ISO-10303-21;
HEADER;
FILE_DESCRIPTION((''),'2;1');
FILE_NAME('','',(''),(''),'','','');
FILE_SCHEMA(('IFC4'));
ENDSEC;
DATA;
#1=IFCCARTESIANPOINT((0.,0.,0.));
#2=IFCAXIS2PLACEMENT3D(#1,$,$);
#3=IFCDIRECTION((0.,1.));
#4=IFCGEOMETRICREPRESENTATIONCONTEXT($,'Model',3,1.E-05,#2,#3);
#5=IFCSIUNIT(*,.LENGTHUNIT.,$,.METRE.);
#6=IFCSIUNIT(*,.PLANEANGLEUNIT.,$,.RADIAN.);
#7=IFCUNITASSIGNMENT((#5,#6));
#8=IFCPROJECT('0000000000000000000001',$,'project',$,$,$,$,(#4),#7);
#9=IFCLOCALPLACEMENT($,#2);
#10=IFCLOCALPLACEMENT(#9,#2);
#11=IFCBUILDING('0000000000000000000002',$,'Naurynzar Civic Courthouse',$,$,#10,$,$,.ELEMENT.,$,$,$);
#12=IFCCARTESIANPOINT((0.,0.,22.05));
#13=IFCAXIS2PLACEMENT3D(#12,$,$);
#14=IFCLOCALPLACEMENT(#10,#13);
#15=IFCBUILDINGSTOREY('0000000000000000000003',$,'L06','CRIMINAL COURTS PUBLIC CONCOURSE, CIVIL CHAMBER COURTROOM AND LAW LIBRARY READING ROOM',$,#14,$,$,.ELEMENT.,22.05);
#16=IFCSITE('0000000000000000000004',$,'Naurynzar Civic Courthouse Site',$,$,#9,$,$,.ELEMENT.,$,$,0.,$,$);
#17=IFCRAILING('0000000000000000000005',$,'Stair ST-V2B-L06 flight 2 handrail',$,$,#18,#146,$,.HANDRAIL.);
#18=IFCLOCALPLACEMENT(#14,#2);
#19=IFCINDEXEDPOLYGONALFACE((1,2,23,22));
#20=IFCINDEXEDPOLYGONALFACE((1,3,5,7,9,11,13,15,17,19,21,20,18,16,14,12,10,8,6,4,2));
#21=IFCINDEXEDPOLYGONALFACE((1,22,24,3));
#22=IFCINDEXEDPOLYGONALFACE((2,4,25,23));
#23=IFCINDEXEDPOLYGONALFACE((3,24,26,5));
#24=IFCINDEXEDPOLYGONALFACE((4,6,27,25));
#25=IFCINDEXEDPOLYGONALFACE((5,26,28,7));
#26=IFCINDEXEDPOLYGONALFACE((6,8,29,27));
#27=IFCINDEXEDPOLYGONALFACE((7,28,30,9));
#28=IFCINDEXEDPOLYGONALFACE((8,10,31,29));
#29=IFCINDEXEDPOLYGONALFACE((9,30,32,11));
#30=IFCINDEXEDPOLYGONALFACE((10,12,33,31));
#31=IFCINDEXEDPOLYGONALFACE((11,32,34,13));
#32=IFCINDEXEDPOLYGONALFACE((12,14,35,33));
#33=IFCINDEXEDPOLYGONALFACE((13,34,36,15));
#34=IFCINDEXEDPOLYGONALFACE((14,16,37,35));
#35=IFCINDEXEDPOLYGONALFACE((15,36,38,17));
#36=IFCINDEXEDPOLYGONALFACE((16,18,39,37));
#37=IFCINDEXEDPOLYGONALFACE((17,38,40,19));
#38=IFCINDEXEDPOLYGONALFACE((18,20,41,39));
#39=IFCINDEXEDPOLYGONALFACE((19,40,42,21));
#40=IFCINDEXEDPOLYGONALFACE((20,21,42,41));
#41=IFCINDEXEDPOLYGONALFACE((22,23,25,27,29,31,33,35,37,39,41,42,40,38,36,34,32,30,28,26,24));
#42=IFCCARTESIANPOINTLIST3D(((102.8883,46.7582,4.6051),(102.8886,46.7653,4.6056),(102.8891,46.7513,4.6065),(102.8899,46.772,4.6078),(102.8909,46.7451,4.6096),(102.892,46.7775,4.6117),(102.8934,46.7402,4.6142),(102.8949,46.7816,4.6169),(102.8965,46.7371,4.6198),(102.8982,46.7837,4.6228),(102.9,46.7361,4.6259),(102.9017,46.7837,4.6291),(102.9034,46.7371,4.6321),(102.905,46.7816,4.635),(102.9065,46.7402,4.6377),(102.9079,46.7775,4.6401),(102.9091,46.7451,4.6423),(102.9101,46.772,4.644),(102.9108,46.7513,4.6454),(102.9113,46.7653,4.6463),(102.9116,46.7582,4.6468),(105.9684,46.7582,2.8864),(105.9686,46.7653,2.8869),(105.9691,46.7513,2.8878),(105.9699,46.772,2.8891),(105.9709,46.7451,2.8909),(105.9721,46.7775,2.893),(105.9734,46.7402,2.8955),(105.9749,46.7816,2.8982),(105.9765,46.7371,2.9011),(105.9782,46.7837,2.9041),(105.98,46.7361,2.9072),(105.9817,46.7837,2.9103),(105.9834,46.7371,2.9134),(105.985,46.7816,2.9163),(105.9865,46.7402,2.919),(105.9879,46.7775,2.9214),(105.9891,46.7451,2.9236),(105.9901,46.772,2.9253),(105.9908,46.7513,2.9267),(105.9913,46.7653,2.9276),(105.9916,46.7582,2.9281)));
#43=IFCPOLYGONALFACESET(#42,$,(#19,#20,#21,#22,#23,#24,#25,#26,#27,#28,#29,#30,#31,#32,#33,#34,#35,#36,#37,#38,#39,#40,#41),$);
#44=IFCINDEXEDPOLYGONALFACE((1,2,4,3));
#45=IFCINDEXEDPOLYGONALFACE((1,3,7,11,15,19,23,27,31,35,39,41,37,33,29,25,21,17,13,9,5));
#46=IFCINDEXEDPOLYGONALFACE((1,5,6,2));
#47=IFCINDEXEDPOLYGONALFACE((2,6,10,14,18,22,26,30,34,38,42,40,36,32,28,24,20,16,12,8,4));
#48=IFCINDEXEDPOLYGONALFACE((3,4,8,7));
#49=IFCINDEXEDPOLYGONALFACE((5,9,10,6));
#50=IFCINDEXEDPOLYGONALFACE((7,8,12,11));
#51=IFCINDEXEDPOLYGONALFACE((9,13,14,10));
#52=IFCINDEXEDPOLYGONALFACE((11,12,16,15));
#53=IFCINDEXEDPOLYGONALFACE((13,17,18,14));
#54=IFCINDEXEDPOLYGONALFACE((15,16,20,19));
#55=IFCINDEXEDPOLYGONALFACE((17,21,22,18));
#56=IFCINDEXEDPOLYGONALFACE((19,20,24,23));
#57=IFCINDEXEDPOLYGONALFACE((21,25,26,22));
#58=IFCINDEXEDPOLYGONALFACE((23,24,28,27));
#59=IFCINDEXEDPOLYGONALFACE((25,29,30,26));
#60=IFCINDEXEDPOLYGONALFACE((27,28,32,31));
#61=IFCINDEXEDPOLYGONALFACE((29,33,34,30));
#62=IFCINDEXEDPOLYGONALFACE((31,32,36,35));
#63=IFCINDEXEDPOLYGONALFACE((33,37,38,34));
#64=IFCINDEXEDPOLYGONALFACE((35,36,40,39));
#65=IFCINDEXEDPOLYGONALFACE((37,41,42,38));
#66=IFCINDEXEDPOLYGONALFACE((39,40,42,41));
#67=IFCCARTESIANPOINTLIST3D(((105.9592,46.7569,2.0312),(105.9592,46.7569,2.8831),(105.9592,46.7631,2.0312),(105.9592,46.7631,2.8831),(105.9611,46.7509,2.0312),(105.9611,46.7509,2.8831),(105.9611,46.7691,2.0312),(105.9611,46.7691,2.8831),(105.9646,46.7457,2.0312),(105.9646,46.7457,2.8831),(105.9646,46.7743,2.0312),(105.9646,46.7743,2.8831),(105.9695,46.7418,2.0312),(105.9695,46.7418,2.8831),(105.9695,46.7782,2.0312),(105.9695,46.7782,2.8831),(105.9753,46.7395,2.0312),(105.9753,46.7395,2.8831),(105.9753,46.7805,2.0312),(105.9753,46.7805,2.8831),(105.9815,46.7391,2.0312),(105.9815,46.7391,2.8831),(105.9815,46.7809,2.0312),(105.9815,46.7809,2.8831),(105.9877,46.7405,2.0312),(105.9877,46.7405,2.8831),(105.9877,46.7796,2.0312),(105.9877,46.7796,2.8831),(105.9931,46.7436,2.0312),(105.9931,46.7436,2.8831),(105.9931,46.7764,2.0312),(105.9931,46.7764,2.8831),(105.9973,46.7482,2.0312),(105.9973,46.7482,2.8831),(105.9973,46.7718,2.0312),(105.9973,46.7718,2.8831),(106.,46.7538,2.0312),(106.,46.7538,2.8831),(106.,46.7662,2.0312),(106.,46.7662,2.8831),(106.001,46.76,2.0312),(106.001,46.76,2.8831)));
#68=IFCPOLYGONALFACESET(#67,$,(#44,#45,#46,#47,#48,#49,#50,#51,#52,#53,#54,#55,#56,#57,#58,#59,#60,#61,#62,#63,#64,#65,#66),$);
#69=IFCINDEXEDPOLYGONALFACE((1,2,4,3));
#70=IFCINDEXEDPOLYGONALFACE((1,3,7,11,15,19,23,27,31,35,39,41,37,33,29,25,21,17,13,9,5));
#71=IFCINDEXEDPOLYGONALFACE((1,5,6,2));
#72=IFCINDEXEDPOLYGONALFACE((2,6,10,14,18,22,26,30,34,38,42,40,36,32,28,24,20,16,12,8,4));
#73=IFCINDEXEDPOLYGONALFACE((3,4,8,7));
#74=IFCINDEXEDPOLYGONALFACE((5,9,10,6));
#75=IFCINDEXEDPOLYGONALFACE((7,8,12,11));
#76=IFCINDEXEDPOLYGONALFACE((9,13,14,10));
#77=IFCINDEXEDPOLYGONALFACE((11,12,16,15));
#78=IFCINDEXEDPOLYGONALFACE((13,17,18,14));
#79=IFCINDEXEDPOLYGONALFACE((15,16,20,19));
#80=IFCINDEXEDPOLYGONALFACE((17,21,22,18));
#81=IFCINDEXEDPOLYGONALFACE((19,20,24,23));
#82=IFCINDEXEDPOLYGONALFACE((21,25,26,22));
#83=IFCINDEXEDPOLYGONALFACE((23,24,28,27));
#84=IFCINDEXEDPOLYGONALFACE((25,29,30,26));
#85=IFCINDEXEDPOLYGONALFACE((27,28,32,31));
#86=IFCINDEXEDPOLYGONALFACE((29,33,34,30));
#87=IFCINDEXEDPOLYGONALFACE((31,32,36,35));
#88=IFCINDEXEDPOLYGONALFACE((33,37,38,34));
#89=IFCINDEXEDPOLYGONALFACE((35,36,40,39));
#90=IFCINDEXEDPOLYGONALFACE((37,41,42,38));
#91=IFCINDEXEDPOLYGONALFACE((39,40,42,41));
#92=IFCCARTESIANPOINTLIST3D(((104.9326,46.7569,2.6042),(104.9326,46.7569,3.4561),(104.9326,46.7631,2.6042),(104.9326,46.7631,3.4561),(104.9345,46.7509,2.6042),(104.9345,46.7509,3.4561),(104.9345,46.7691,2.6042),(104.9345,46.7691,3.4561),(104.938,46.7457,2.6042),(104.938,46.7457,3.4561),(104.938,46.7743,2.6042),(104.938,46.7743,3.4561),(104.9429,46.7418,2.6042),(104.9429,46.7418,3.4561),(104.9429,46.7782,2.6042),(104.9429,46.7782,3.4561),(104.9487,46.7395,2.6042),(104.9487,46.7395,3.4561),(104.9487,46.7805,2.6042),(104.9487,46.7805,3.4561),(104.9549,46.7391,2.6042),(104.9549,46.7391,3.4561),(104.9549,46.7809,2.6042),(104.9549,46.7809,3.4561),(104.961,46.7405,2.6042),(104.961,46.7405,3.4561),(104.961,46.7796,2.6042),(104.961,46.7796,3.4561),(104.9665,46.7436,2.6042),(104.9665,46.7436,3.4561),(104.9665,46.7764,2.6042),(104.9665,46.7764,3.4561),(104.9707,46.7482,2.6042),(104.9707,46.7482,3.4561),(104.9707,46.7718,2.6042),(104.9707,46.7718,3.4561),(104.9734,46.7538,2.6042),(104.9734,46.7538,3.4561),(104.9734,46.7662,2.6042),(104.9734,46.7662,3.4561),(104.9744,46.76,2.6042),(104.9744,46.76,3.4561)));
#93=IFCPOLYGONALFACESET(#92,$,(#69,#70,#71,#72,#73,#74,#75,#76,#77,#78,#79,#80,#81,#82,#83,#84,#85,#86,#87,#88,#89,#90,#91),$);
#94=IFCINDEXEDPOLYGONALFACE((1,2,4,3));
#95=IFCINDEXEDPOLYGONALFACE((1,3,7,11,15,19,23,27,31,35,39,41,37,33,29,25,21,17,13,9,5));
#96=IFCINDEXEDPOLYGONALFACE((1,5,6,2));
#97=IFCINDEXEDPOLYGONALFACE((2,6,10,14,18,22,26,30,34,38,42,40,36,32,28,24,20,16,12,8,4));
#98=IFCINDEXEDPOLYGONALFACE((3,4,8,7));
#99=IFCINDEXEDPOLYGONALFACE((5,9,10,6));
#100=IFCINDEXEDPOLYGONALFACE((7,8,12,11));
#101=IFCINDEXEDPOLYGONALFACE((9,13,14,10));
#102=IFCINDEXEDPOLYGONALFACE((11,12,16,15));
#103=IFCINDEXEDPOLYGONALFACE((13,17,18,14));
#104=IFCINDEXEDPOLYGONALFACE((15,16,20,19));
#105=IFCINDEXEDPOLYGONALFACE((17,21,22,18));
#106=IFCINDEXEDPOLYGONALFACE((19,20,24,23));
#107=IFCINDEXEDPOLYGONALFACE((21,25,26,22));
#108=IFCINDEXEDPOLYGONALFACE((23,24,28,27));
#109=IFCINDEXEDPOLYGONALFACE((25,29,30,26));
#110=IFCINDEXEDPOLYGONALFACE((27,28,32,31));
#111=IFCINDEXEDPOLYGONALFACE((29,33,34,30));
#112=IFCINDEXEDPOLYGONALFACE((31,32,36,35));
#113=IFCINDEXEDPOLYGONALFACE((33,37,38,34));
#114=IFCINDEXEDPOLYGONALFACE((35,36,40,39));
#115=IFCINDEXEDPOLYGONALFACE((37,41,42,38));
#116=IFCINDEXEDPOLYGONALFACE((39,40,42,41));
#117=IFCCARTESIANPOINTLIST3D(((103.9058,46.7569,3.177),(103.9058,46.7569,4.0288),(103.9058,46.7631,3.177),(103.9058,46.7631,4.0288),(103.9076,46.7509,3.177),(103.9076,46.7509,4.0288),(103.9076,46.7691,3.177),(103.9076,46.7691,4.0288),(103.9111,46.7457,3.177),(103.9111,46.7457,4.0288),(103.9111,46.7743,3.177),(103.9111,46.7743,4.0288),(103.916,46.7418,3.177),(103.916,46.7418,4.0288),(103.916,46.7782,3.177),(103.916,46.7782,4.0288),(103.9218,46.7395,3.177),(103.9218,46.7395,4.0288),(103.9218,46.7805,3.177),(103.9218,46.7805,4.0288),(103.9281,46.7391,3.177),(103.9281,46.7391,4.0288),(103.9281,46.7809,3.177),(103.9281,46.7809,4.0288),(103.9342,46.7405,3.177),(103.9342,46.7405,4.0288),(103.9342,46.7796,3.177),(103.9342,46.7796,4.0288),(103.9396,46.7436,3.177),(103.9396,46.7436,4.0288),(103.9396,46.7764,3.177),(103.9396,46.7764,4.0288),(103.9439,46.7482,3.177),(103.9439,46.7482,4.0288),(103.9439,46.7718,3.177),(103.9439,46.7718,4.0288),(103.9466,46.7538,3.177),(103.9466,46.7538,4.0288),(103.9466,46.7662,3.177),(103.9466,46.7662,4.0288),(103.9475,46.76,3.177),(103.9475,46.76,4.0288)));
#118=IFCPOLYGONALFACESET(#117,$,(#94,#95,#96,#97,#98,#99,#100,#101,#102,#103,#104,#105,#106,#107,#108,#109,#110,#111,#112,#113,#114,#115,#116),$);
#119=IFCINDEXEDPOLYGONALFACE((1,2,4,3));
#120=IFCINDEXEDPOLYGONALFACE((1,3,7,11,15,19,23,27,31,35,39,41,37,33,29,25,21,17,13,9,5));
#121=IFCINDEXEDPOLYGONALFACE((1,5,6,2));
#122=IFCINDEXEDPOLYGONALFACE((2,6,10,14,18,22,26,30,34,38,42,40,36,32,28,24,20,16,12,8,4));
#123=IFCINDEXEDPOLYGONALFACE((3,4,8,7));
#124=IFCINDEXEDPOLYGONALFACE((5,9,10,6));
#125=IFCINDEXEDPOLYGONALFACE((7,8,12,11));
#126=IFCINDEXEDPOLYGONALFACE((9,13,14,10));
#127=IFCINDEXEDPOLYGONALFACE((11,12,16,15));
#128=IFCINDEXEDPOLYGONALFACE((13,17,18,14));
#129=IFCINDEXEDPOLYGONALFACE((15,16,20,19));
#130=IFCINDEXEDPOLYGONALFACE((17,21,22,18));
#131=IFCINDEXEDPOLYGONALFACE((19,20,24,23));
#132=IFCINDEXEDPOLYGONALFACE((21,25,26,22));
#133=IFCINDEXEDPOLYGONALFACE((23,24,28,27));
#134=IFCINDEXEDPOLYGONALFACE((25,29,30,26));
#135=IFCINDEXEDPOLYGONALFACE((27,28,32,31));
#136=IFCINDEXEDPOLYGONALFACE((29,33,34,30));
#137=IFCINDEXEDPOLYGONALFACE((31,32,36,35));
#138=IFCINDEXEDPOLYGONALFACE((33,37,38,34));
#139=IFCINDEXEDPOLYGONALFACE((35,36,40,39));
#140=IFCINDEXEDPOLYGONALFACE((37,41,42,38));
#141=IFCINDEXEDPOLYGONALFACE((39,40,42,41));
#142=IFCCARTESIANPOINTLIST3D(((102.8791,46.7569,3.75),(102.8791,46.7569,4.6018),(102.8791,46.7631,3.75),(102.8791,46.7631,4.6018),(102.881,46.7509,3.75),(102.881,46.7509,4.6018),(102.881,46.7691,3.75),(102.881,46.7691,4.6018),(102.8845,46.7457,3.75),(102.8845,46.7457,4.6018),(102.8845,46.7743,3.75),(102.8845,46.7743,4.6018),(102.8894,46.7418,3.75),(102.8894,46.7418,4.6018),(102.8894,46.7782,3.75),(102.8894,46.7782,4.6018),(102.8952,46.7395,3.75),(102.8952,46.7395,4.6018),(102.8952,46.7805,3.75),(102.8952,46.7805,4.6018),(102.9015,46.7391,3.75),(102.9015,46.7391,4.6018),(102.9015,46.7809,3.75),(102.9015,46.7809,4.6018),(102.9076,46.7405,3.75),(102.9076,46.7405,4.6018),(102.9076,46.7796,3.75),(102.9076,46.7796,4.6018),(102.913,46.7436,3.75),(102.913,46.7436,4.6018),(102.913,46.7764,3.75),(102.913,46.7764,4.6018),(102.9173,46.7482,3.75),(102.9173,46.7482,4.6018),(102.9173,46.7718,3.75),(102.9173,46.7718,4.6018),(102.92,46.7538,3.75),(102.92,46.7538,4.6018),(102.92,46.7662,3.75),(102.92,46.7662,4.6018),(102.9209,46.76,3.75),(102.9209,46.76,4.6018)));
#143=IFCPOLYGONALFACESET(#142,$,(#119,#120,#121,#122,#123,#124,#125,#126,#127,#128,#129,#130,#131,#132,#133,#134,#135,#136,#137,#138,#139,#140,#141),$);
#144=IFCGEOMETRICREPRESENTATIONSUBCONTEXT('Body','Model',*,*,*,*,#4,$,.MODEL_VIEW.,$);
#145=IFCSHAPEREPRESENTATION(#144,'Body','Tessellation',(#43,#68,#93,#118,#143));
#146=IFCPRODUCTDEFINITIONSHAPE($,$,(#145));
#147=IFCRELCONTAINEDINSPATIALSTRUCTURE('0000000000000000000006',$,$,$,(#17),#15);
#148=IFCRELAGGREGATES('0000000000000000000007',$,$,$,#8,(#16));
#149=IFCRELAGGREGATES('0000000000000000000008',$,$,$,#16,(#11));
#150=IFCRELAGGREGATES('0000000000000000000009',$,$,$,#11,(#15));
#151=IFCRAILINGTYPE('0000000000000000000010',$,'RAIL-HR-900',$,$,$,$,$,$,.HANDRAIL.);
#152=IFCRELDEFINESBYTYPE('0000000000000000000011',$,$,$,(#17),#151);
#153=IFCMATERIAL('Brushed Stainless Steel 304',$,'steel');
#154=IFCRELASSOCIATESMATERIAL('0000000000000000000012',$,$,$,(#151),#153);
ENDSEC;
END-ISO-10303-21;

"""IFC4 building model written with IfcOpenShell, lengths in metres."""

from ifc_helpers import new_model, si_unit, direction, frame, origin, origin_2d, place, context, subcontext, project, spatial, circle, extrude, material, type_object, element, save


model = new_model("IFC4")

# Units and contexts
model_context = context("Model", 3, precision=1e-05, world=origin(), true_north=direction((0.0, 1.0)))
body_context = subcontext(model_context, "Body", "Model", "MODEL_VIEW")
ifc_project = project(units=[si_unit("LENGTHUNIT", "METRE"), si_unit("PLANEANGLEUNIT", "RADIAN")], contexts=[model_context])

# Site, building, storey
site_placement = place(None, origin())
site = spatial("IfcSite", under=ifc_project, at=site_placement, Name="Naurynzar Civic Courthouse Site", CompositionType="ELEMENT", RefElevation=0.0)
building_placement = place(site_placement, origin())
building = spatial("IfcBuilding", under=site, at=building_placement, Name="Naurynzar Civic Courthouse", CompositionType="ELEMENT")
storey_placement = place(building_placement, frame((0.0, 0.0, 22.05)))
storey = spatial("IfcBuildingStorey", under=building, at=storey_placement, Name="L06", Description="CRIMINAL COURTS PUBLIC CONCOURSE, CIVIL CHAMBER COURTROOM AND LAW LIBRARY READING ROOM", CompositionType="ELEMENT", Elevation=22.05)

# Railing
ifc_material_1 = material(Name="Brushed Stainless Steel 304", Category="steel")
railing_type_1 = type_object("IfcRailingType", Name="RAIL-HR-900", PredefinedType="HANDRAIL", material=ifc_material_1)
railing_1_placement = place(storey_placement, frame((105.98, 46.76, 2.0312)))
element("IfcRailing", 1, at=railing_1_placement, inside=storey, type_object=railing_type_1, Name="Stair ST-V2B-L06 flight 2 handrail", PredefinedType="HANDRAIL", context=body_context, shape_type="SweptSolid", body=[
    extrude(circle(Radius=0.0239, at=origin_2d()), frame((0.0, 0.0, 0.876), z_axis=(-0.873242, 0.0, 0.487288), x_axis=(0.0, -1.0, 0.0)), (0.0, 0.0, 1.0), 3.5271),
    extrude(circle(Radius=0.021, at=origin_2d()), origin(), (0.0, 0.0, 1.0), 0.8518),
    extrude(circle(Radius=0.021, at=origin_2d()), frame((-1.0266, 0.0, 0.573)), (0.0, 0.0, 1.0), 0.8518),
    extrude(circle(Radius=0.021, at=origin_2d()), frame((-2.0535, 0.0, 1.1458)), (0.0, 0.0, 1.0), 0.8518),
    extrude(circle(Radius=0.021, at=origin_2d()), frame((-3.0801, 0.0, 1.7188)), (0.0, 0.0, 1.0), 0.8518),
])

save(model, "model.ifc")
